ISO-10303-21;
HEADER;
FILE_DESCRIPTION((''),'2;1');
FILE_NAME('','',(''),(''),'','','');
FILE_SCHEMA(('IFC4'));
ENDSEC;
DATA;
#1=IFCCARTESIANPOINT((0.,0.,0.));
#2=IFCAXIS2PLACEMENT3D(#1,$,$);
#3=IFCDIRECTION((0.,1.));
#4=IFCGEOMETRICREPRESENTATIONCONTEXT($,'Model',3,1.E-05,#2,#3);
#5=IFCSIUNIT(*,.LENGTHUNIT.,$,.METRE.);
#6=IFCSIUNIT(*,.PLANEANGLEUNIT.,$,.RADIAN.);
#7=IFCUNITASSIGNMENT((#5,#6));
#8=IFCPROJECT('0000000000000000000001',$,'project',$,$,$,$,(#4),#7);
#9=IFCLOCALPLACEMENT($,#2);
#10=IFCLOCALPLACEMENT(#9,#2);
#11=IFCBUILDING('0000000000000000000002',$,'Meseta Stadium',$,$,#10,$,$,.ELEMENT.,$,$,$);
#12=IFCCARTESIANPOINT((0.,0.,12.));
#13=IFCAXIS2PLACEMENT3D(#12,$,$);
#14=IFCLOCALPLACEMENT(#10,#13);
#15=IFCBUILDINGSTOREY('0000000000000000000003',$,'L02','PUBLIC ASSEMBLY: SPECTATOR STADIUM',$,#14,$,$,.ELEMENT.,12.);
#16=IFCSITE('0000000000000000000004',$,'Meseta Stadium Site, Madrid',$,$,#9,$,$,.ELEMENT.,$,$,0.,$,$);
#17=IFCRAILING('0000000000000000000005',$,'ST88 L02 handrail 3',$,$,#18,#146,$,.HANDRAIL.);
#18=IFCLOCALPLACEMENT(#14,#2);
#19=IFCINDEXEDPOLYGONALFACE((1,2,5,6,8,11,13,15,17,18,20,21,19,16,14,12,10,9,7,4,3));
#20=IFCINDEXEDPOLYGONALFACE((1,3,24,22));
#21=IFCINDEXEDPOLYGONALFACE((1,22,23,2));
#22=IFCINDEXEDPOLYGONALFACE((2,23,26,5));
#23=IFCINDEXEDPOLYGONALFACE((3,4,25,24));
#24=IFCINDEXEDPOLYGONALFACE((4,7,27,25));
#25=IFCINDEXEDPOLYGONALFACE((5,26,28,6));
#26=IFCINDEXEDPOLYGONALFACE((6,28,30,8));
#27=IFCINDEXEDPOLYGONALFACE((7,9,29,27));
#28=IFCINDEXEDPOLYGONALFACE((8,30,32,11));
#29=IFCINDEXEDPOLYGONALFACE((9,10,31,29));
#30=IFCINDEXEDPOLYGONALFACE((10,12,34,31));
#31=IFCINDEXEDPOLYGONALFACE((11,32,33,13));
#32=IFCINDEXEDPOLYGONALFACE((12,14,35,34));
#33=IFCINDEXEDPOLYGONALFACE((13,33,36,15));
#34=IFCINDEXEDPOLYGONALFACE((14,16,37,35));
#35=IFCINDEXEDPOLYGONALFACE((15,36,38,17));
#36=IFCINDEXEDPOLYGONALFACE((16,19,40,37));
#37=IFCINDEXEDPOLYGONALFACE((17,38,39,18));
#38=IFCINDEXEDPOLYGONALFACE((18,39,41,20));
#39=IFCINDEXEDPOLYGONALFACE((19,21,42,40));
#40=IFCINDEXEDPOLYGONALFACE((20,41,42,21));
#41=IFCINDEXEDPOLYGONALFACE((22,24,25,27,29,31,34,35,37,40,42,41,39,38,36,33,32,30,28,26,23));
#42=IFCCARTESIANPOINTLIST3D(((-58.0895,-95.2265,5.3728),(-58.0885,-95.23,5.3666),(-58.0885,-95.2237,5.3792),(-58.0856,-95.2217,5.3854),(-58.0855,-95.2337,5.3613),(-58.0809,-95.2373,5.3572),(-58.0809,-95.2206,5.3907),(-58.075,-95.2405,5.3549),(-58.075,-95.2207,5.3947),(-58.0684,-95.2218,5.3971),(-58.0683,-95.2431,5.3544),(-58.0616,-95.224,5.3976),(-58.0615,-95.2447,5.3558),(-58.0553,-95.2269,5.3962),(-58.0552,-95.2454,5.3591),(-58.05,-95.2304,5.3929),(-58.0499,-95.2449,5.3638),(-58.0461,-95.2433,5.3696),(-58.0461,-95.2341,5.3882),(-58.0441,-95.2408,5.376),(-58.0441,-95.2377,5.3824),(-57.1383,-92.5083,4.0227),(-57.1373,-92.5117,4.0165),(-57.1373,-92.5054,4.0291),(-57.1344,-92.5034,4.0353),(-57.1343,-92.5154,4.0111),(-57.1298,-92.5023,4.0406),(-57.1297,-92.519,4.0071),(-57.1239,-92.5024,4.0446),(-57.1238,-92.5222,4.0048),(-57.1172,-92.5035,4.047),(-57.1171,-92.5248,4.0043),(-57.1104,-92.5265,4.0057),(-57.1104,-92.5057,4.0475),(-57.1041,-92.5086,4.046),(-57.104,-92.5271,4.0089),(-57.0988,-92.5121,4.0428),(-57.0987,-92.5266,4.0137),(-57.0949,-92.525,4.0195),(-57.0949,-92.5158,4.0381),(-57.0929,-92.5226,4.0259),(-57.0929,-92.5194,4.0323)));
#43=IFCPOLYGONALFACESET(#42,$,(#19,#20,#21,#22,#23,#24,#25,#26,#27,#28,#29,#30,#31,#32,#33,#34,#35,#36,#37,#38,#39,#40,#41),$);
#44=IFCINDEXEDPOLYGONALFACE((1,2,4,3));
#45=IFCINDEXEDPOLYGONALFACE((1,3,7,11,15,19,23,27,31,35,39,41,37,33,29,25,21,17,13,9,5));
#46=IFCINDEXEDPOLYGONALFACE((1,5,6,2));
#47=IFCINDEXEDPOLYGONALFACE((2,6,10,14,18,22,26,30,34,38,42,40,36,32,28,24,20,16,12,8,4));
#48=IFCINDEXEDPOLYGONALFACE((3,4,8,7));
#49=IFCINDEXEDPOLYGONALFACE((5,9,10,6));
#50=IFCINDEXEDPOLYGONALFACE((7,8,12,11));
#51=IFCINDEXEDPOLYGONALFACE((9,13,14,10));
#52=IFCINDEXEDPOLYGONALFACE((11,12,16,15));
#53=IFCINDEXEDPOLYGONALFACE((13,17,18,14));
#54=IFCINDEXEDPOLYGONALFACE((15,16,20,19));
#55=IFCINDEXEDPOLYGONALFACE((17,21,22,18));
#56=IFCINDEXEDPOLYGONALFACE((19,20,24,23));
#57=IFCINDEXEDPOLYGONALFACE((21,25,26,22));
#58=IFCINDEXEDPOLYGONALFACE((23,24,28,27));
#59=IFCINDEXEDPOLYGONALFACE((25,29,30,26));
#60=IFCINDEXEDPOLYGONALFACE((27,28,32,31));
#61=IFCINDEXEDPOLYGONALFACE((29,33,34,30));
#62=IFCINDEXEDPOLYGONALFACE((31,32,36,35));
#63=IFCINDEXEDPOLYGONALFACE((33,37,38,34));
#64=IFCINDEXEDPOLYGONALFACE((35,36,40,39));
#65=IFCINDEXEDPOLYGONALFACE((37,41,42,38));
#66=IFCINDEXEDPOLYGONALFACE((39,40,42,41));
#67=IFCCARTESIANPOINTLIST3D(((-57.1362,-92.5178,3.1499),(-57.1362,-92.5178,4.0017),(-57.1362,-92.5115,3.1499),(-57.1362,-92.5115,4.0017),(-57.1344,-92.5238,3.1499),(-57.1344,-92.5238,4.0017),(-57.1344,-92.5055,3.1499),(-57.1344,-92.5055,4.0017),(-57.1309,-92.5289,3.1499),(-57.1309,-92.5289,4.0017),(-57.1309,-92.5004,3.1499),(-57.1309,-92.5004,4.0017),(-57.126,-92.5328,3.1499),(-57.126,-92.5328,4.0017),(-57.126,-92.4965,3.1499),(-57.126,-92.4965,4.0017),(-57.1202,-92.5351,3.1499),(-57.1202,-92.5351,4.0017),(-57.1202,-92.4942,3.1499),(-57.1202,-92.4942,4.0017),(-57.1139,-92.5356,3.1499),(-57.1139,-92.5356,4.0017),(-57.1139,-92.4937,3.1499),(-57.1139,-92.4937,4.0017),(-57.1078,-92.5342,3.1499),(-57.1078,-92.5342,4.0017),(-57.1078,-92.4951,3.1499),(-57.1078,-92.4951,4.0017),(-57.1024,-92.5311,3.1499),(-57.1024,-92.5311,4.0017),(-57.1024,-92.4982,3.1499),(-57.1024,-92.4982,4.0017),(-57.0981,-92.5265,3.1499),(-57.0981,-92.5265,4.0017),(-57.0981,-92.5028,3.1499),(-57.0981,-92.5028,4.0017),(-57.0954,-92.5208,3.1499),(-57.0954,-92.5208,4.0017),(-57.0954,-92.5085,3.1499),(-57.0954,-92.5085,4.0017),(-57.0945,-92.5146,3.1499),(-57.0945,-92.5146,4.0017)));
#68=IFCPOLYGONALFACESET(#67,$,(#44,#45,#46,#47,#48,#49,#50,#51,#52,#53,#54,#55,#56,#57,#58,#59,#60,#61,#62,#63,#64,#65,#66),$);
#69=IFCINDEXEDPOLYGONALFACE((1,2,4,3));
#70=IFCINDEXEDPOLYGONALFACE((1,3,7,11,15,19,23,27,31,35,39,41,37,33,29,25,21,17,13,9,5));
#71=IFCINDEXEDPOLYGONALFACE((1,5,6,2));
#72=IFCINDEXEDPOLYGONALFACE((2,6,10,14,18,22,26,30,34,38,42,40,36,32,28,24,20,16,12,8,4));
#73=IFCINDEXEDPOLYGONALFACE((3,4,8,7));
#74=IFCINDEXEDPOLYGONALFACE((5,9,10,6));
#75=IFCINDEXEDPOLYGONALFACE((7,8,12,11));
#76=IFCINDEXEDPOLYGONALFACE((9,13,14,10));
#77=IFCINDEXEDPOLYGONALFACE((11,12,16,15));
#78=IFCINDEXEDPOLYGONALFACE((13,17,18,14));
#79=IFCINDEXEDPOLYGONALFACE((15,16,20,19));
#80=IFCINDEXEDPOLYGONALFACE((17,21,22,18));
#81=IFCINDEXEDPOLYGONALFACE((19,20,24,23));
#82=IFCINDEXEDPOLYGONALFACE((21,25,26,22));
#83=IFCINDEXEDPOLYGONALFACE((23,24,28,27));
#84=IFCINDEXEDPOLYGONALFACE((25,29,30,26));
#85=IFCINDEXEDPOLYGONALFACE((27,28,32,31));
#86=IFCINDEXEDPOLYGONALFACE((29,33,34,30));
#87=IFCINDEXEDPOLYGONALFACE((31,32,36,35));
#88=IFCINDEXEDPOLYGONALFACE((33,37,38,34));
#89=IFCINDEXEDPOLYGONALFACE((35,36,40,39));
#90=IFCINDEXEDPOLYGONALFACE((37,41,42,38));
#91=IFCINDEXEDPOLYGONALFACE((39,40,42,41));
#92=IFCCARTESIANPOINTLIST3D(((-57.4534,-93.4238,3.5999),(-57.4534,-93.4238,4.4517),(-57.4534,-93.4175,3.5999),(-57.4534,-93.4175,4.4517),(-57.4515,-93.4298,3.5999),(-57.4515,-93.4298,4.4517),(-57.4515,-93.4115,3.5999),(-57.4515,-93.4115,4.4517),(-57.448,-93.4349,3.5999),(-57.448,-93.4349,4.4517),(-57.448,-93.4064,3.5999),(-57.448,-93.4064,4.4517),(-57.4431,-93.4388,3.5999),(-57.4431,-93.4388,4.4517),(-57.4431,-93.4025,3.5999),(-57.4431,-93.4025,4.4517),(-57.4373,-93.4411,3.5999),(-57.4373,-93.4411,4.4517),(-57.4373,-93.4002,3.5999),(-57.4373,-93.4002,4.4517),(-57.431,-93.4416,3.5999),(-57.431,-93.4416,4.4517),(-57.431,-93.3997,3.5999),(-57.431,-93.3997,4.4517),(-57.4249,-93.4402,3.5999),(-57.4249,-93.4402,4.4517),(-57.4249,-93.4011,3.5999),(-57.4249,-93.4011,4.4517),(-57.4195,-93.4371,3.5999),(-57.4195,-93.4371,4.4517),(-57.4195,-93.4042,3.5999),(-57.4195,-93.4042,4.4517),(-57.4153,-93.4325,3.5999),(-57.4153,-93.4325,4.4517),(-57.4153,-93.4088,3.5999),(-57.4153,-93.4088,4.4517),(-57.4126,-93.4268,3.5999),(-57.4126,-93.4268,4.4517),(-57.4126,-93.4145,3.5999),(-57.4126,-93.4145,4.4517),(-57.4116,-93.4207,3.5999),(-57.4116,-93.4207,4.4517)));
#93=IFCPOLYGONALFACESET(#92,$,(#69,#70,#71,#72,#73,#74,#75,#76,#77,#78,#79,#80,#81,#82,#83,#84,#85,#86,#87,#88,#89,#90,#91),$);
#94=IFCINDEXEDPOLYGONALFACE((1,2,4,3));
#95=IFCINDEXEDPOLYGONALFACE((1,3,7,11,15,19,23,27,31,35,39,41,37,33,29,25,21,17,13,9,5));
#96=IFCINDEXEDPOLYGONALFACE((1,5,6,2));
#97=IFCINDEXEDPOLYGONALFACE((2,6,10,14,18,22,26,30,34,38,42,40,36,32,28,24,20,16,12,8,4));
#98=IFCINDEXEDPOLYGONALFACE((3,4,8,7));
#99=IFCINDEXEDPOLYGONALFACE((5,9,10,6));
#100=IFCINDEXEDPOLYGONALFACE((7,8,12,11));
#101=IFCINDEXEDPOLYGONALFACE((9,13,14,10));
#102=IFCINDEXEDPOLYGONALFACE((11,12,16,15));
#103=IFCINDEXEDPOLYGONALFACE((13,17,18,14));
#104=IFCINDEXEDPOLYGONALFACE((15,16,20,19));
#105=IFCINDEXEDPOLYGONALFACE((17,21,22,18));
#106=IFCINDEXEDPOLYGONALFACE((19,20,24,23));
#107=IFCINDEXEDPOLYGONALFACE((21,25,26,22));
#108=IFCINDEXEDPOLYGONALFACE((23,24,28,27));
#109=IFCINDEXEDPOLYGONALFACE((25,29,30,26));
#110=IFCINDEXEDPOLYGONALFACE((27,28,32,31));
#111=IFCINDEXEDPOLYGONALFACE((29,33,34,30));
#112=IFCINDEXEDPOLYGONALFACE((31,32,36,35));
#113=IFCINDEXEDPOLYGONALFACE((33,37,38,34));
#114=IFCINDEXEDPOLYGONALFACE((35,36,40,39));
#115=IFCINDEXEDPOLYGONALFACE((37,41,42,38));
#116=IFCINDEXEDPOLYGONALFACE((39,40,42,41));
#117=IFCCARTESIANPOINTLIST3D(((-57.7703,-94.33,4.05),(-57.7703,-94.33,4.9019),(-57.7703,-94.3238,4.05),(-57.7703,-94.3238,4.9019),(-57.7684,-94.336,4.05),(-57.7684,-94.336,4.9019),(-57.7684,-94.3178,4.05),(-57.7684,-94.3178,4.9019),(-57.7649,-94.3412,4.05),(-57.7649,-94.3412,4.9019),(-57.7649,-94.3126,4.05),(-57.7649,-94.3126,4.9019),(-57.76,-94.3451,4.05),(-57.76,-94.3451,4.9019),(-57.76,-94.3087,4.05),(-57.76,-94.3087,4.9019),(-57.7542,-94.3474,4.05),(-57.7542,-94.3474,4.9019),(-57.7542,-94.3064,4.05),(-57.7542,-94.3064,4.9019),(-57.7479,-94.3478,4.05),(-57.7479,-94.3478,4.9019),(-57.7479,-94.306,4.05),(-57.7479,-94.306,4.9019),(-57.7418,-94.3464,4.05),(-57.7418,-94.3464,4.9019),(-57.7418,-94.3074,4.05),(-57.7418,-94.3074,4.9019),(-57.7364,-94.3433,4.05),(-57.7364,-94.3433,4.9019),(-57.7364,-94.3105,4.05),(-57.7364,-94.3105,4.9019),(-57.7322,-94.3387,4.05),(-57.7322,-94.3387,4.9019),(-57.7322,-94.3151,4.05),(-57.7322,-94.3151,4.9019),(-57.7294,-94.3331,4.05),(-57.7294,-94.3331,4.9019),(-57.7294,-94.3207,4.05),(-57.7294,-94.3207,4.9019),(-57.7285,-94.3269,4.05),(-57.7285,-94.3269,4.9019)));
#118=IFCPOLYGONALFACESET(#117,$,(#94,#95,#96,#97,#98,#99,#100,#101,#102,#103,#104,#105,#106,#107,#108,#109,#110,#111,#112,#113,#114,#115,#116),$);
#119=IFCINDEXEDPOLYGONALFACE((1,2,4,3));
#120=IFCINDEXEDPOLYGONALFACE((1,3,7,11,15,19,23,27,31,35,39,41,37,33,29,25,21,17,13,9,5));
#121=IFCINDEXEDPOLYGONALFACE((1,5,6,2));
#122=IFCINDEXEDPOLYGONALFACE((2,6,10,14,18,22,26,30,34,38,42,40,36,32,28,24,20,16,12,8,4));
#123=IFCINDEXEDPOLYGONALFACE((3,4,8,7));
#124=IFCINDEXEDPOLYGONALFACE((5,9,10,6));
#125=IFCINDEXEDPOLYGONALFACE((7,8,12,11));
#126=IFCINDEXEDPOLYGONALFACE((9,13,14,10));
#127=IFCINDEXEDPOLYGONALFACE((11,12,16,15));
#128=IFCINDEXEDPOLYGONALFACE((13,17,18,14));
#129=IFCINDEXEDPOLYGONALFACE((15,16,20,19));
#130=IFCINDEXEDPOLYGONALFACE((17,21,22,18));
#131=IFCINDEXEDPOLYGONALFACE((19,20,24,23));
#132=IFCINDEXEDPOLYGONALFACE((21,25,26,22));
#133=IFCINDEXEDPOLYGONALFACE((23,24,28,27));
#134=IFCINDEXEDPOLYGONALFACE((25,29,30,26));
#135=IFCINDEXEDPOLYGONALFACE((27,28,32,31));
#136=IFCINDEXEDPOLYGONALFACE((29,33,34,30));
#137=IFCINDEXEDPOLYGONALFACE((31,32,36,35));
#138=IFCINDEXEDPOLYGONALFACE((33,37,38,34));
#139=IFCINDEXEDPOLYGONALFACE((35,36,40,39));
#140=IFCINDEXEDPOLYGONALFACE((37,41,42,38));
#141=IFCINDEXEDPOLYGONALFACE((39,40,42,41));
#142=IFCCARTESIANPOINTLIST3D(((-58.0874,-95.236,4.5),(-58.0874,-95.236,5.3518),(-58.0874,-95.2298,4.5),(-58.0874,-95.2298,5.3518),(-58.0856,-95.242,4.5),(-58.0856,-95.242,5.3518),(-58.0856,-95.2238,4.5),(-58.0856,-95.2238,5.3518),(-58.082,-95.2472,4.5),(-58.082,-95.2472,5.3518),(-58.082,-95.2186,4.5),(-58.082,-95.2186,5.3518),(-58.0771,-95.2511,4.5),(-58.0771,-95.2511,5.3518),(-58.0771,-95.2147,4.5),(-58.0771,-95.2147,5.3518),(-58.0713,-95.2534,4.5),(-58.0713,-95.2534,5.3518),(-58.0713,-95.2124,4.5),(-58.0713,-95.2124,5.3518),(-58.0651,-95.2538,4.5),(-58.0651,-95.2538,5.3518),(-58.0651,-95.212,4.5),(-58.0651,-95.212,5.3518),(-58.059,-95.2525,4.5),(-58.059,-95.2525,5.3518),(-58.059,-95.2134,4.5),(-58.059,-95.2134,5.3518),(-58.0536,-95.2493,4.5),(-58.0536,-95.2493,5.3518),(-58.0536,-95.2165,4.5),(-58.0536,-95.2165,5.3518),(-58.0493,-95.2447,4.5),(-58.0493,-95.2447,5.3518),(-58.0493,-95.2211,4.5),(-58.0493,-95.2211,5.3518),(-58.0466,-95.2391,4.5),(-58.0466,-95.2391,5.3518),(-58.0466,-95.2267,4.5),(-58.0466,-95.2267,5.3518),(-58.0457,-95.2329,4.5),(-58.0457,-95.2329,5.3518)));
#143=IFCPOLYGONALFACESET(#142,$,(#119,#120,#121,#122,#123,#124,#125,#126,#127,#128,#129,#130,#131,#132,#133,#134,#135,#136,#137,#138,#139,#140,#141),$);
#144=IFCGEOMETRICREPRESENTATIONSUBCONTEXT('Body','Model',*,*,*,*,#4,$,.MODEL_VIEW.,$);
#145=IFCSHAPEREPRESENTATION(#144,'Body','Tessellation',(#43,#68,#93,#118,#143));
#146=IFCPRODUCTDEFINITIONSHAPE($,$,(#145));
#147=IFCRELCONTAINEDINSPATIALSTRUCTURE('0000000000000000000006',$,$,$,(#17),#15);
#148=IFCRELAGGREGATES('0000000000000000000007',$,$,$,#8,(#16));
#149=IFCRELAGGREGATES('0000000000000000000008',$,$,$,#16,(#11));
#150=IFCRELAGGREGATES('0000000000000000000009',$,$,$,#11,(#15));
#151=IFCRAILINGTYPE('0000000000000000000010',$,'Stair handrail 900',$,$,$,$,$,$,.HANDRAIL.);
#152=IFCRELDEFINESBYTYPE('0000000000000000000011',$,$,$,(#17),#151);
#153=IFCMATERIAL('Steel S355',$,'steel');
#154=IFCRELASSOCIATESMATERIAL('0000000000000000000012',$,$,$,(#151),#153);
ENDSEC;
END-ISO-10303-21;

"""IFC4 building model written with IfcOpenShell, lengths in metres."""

from ifc_helpers import new_model, si_unit, direction, frame, origin, origin_2d, place, context, subcontext, project, spatial, circle, extrude, material, type_object, element, save


model = new_model("IFC4")

# Units and contexts
model_context = context("Model", 3, precision=1e-05, world=origin(), true_north=direction((0.0, 1.0)))
body_context = subcontext(model_context, "Body", "Model", "MODEL_VIEW")
ifc_project = project(units=[si_unit("LENGTHUNIT", "METRE"), si_unit("PLANEANGLEUNIT", "RADIAN")], contexts=[model_context])

# Site, building, storey
site_placement = place(None, origin())
site = spatial("IfcSite", under=ifc_project, at=site_placement, Name="Meseta Stadium Site, Madrid", CompositionType="ELEMENT", RefElevation=0.0)
building_placement = place(site_placement, origin())
building = spatial("IfcBuilding", under=site, at=building_placement, Name="Meseta Stadium", CompositionType="ELEMENT")
storey_placement = place(building_placement, frame((0.0, 0.0, 12.0)))
storey = spatial("IfcBuildingStorey", under=building, at=storey_placement, Name="L02", Description="PUBLIC ASSEMBLY: SPECTATOR STADIUM", CompositionType="ELEMENT", Elevation=12.0)

# Railing
ifc_material_1 = material(Name="Steel S355", Category="steel")
railing_type_1 = type_object("IfcRailingType", Name="Stair handrail 900", PredefinedType="HANDRAIL", material=ifc_material_1)
for number, where, name in (
    (1, (-57.1155, -92.5146, 3.1499), "ST88 L02 handrail 3"),
):
    element("IfcRailing", number, at=place(storey_placement, frame(where)), inside=storey, type_object=railing_type_1, Name=name, PredefinedType="HANDRAIL", context=body_context, shape_type="SweptSolid", body=[
        extrude(circle(Radius=0.0239, at=origin_2d()), frame((0.0, 0.0, 0.876), z_axis=(-0.299051, -0.854629, 0.424474), x_axis=(0.943882, -0.330282, 0.0)), (0.0, 0.0, 1.0), 3.1807),
        extrude(circle(Radius=0.021, at=origin_2d()), origin(), (0.0, 0.0, 1.0), 0.8518),
        extrude(circle(Radius=0.021, at=origin_2d()), frame((-0.3171, -0.906, 0.45)), (0.0, 0.0, 1.0), 0.8518),
        extrude(circle(Radius=0.021, at=origin_2d()), frame((-0.634, -1.8123, 0.9001)), (0.0, 0.0, 1.0), 0.8518),
        extrude(circle(Radius=0.021, at=origin_2d()), frame((-0.9512, -2.7183, 1.3501)), (0.0, 0.0, 1.0), 0.8518),
    ])

save(model, "model.ifc")
